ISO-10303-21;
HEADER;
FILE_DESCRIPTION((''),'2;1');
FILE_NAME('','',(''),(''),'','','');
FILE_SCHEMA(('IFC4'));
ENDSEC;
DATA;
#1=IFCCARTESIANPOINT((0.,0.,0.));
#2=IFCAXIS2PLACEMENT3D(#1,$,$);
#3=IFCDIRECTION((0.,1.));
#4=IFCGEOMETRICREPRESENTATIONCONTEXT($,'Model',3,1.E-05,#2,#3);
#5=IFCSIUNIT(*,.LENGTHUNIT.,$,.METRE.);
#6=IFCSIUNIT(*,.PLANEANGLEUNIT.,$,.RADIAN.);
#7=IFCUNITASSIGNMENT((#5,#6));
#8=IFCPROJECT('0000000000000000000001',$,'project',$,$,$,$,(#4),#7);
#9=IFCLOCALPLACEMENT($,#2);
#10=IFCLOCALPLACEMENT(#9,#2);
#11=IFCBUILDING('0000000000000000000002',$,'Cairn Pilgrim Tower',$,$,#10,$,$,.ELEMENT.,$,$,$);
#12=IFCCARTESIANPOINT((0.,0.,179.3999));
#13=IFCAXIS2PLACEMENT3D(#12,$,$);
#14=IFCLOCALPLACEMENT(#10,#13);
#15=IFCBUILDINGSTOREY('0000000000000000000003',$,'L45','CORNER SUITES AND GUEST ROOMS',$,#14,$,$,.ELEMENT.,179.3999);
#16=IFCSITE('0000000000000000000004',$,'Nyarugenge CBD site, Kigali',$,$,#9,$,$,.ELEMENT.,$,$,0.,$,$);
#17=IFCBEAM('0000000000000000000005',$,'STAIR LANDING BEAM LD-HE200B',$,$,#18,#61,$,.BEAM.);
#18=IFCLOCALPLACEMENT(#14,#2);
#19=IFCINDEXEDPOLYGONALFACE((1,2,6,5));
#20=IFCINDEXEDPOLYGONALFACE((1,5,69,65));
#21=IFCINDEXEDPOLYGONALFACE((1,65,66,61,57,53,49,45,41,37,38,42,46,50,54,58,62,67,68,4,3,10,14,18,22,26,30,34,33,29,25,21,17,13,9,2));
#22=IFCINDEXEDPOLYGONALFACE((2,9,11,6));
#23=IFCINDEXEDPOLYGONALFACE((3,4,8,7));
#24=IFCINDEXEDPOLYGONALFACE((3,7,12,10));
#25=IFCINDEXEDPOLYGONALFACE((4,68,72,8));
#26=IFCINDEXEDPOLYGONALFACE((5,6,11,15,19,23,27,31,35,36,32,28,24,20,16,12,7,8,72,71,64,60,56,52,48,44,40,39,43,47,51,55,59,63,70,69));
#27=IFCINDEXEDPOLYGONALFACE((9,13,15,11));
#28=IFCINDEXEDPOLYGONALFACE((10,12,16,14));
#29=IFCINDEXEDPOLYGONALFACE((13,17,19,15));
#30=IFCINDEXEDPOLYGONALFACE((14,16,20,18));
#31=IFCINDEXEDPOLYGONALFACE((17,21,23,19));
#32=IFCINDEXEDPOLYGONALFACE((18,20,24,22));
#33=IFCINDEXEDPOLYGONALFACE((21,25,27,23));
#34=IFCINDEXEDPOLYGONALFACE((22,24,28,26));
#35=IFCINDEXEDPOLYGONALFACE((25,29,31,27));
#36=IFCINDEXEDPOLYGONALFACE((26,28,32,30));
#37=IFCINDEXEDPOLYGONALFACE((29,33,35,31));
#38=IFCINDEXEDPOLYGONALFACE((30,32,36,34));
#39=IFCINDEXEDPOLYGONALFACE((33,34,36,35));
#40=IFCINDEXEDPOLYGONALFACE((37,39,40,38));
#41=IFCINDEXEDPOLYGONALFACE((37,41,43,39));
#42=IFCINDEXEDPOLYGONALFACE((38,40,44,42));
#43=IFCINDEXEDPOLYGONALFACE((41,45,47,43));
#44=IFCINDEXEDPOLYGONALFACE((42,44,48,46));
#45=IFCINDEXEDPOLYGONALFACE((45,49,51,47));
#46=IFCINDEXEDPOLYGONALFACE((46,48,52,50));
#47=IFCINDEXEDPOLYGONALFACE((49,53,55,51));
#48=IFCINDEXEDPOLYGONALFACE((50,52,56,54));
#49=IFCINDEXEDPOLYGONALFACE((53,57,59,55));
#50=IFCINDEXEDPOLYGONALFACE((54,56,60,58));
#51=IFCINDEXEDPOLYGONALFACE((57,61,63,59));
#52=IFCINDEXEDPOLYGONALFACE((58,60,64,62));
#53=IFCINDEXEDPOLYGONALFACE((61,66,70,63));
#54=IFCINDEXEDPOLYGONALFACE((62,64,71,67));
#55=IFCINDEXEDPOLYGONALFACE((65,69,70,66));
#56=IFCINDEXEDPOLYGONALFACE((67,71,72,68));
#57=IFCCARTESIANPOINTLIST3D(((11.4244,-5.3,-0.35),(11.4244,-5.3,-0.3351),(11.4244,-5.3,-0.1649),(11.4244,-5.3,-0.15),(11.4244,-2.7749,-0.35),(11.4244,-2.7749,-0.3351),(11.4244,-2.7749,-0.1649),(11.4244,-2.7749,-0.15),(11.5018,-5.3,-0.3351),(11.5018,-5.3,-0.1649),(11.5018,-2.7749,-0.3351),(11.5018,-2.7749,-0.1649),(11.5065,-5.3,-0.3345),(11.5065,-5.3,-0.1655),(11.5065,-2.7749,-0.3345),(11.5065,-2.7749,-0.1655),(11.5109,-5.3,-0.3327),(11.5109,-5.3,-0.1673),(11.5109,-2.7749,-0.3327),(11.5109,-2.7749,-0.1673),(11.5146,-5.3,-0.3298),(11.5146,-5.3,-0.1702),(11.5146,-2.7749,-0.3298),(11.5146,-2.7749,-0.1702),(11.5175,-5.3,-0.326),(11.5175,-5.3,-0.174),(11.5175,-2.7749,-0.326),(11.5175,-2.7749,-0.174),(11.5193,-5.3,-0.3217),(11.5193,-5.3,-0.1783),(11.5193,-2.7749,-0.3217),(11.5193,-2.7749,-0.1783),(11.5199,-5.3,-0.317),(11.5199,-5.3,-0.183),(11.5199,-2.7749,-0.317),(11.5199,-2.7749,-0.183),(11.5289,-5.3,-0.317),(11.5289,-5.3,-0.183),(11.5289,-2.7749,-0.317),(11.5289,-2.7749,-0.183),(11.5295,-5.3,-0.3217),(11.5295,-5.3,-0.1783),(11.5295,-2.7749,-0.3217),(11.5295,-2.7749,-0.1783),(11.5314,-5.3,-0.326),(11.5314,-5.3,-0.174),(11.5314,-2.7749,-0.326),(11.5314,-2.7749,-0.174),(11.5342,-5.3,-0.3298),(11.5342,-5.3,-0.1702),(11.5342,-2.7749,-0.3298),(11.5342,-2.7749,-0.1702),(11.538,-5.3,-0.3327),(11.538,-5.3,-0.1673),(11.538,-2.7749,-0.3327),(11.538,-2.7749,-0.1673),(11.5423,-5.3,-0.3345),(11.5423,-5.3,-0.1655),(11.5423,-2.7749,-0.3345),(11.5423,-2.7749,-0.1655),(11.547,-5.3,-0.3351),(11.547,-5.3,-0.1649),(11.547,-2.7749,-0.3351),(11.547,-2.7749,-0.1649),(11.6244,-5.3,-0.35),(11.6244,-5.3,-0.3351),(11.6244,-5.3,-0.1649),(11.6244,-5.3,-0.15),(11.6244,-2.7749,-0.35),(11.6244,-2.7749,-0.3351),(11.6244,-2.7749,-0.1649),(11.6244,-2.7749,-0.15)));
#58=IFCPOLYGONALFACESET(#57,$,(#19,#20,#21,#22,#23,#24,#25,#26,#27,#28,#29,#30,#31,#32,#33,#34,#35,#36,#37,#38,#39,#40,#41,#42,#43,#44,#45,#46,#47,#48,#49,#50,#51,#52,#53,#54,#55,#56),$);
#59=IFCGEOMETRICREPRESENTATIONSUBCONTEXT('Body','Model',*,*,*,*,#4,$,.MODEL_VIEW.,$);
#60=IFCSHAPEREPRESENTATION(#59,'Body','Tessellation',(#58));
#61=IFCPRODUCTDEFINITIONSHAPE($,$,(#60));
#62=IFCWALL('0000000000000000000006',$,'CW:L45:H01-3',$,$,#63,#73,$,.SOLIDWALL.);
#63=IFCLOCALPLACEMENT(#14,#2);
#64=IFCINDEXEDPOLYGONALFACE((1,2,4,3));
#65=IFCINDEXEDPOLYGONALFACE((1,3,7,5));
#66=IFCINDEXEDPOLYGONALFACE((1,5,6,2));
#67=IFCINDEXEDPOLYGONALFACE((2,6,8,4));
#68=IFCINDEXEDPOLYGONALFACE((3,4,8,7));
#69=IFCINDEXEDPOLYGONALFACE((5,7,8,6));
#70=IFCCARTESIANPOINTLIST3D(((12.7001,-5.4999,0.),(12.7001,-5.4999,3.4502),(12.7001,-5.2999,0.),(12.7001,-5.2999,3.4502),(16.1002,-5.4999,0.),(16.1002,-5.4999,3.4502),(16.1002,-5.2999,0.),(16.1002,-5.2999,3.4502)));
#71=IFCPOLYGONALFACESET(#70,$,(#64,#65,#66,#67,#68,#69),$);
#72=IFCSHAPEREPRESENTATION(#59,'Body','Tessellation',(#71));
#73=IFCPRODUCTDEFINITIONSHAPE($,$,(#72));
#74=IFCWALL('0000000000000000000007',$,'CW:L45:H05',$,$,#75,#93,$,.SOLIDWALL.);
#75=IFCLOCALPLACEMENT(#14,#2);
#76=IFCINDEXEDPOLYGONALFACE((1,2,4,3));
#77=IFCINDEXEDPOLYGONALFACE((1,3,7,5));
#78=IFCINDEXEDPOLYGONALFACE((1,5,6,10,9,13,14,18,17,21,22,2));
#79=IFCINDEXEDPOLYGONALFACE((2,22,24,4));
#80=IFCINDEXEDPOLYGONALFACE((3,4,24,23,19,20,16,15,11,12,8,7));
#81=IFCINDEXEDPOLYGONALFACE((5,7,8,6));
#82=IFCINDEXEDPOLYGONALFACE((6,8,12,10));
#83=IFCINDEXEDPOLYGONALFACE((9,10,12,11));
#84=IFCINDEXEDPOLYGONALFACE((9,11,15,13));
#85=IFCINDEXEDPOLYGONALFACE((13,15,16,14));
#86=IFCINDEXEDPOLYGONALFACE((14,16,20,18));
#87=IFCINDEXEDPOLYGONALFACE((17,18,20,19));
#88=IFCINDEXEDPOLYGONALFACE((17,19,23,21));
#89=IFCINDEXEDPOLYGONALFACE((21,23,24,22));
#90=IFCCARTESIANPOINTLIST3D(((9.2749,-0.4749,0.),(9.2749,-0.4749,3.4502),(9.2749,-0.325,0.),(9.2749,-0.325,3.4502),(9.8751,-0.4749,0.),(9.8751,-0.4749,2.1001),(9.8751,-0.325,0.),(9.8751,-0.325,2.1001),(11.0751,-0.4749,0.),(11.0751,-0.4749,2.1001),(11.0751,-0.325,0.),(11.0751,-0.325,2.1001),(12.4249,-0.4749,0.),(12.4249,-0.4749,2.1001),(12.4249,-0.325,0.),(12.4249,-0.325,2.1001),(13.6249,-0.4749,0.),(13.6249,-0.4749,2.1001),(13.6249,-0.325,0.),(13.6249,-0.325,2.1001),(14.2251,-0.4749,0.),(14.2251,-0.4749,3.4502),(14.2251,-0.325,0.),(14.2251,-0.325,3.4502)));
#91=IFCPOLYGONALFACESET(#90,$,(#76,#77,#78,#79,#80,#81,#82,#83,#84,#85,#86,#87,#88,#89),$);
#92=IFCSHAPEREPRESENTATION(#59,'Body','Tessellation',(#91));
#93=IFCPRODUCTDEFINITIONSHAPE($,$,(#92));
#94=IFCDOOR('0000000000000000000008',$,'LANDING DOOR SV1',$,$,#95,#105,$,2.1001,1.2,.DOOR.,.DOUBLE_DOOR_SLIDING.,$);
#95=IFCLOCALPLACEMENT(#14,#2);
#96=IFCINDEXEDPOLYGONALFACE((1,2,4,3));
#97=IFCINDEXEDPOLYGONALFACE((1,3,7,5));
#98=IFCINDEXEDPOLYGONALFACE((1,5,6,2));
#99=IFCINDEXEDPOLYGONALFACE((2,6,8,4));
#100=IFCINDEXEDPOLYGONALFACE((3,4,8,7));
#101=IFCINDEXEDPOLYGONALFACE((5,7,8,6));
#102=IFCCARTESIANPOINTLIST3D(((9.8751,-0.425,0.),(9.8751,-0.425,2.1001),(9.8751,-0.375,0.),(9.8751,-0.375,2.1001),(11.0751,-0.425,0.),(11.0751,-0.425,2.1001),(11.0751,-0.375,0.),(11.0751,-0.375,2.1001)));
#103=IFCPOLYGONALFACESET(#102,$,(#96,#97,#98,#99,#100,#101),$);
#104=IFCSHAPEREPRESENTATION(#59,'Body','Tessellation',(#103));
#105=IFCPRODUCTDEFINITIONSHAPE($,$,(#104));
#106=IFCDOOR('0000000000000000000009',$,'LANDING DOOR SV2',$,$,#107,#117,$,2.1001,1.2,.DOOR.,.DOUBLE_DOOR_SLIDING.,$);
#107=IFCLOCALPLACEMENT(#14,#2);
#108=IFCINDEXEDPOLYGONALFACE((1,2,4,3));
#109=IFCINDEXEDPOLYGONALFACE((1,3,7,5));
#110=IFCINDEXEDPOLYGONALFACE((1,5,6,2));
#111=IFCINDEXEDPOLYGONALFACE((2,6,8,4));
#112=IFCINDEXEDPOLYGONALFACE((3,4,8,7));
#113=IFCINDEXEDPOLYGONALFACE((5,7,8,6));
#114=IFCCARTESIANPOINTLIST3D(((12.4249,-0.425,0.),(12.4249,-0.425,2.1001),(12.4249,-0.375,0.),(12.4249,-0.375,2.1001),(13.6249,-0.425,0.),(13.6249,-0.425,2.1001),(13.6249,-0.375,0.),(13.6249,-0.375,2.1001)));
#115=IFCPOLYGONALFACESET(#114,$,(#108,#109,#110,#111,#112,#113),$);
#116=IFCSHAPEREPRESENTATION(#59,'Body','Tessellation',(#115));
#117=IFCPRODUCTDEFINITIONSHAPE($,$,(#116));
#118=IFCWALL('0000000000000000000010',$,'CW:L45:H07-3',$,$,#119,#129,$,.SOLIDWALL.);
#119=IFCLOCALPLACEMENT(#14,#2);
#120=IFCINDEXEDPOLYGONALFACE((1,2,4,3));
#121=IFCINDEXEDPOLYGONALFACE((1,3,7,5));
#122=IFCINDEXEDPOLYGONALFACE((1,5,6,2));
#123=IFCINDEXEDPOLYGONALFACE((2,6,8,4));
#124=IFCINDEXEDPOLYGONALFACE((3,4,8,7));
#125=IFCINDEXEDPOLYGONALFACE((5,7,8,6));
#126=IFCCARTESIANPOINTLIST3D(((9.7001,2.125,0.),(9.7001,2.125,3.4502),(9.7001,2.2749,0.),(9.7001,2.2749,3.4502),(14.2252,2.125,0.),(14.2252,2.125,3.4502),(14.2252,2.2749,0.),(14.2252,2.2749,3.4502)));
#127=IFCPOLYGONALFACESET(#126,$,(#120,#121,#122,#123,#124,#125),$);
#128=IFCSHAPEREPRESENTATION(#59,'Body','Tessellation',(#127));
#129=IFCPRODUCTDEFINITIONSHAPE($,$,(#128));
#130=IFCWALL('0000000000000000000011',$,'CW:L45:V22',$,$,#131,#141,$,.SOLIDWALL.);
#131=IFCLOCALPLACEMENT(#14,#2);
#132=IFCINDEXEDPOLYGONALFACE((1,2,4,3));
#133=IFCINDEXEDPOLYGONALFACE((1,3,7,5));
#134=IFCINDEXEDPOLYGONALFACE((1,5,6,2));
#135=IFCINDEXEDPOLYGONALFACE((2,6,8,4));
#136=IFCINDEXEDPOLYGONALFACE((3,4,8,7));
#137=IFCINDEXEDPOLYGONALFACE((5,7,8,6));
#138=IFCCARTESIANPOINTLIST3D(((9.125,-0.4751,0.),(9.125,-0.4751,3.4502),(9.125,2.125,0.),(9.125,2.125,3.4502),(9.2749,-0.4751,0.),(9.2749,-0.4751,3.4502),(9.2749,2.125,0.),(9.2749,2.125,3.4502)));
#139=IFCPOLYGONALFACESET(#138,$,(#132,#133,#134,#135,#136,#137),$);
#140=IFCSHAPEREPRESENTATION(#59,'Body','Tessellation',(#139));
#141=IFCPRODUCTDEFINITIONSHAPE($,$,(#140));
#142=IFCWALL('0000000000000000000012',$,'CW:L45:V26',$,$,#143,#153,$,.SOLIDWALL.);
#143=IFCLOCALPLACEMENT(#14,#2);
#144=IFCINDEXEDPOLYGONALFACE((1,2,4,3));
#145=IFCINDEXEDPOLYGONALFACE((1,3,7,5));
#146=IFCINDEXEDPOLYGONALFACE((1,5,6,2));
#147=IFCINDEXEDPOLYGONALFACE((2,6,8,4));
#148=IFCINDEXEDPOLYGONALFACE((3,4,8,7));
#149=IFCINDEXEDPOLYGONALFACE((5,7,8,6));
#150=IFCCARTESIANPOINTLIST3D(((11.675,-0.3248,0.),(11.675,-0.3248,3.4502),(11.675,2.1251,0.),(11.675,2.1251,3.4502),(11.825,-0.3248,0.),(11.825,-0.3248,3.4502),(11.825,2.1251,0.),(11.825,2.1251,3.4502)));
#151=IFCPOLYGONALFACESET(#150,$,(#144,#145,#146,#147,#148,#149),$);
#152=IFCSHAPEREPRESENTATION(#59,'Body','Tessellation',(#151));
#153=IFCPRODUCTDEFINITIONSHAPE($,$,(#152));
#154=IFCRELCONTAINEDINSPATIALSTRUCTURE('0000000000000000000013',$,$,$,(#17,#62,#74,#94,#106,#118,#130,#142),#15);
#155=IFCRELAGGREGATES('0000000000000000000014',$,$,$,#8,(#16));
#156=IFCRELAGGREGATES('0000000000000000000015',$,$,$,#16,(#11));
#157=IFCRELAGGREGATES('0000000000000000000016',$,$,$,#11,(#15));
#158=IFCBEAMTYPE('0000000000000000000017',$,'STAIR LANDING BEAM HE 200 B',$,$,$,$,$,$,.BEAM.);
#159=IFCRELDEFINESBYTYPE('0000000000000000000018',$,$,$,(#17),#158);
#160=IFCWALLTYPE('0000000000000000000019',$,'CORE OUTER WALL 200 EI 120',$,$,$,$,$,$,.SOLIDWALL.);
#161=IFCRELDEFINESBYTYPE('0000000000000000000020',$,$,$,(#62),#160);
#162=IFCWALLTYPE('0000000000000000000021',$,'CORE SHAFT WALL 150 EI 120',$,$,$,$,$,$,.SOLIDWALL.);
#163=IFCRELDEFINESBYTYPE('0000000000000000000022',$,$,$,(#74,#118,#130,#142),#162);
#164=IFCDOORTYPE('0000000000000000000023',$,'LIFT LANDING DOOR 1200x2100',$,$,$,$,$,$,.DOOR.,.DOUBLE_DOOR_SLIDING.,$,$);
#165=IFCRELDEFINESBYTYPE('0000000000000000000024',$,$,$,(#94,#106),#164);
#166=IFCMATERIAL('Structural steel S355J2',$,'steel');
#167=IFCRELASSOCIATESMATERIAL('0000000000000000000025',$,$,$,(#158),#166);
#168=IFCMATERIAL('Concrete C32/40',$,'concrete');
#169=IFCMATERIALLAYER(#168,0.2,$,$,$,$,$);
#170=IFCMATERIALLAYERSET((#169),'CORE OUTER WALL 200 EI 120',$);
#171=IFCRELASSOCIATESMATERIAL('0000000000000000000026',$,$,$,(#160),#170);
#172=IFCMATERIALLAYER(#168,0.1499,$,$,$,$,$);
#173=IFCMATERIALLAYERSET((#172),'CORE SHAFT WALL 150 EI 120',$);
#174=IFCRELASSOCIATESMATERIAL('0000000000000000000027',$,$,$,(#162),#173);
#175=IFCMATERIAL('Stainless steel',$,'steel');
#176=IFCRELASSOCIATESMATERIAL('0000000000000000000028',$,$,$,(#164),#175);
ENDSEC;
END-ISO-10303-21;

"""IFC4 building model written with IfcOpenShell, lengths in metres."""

from ifc_helpers import new_model, si_unit, direction, frame, frame_2d, origin, origin_2d, place, context, subcontext, project, spatial, rectangle, i_section, extrude, material, layer, layer_set, material_profile, profile_set, type_object, element, fill, save


model = new_model("IFC4")

# Units and contexts
model_context = context("Model", 3, precision=1e-05, world=origin(), true_north=direction((0.0, 1.0)))
body_context = subcontext(model_context, "Body", "Model", "MODEL_VIEW")
ifc_project = project(units=[si_unit("LENGTHUNIT", "METRE"), si_unit("PLANEANGLEUNIT", "RADIAN")], contexts=[model_context])

# Site, building, storey
site_placement = place(None, origin())
site = spatial("IfcSite", under=ifc_project, at=site_placement, Name="Nyarugenge CBD site, Kigali", CompositionType="ELEMENT", RefElevation=0.0)
building_placement = place(site_placement, origin())
building = spatial("IfcBuilding", under=site, at=building_placement, Name="Cairn Pilgrim Tower", CompositionType="ELEMENT")
storey_placement = place(building_placement, frame((0.0, 0.0, 179.3999)))
storey = spatial("IfcBuildingStorey", under=building, at=storey_placement, Name="L45", Description="CORNER SUITES AND GUEST ROOMS", CompositionType="ELEMENT", Elevation=179.3999)

# Beam
ifc_material_1 = material(Name="Structural steel S355J2", Category="steel")
ifc_material_profile_1 = material_profile(ifc_material_1, i_section(OverallWidth=0.2, OverallDepth=0.2, WebThickness=0.009, FlangeThickness=0.0149, FilletRadius=0.0181, at=origin_2d()), Name="HE 200 B")
ifc_profile_set_1 = profile_set([ifc_material_profile_1], Name="Structural steel S355J2")
beam_type_1 = type_object("IfcBeamType", Name="STAIR LANDING BEAM HE 200 B", PredefinedType="BEAM", material=ifc_profile_set_1)
beam_1_placement = place(storey_placement, frame((11.5244, -2.7749, -0.25), z_axis=(0.0, -1.0, 0.0), x_axis=(1.0, 0.0, 0.0)))
element("IfcBeam", 1, at=beam_1_placement, inside=storey, type_object=beam_type_1, Name="STAIR LANDING BEAM LD-HE200B", PredefinedType="BEAM", context=body_context, shape_type="SweptSolid", body=[
    extrude(i_section(OverallWidth=0.2, OverallDepth=0.2, WebThickness=0.009, FlangeThickness=0.0149, FilletRadius=0.0181, at=origin_2d()), origin(), (0.0, 0.0, 1.0), 2.5251),
])

# Wall
ifc_material_2 = material(Name="Concrete C32/40", Category="concrete")
ifc_layer_1 = layer(ifc_material_2, 0.2)
ifc_layer_set_1 = layer_set([ifc_layer_1], Name="CORE OUTER WALL 200 EI 120")
wall_type_1 = type_object("IfcWallType", Name="CORE OUTER WALL 200 EI 120", PredefinedType="SOLIDWALL", material=ifc_layer_set_1)
wall_1_placement = place(storey_placement, frame((12.7, -5.3999, 0.0), z_axis=(0.0, 0.0, 1.0), x_axis=(1.0, 0.0, 0.0)))
element("IfcWall", 2, at=wall_1_placement, inside=storey, type_object=wall_type_1, Name="CW:L45:H01-3", PredefinedType="SOLIDWALL", context=body_context, shape_type="SweptSolid", body=[
    extrude(rectangle(XDim=3.4001, YDim=0.2, at=frame_2d((1.7002, 0.0))), origin(), (0.0, 0.0, 1.0), 3.4502),
])

# Wall, openings, doors
ifc_layer_2 = layer(ifc_material_2, 0.1499)
ifc_layer_set_2 = layer_set([ifc_layer_2], Name="CORE SHAFT WALL 150 EI 120")
wall_type_2 = type_object("IfcWallType", Name="CORE SHAFT WALL 150 EI 120", PredefinedType="SOLIDWALL", material=ifc_layer_set_2)
wall_2_placement = place(storey_placement, frame((9.2749, -0.3999, 0.0), z_axis=(0.0, 0.0, 1.0), x_axis=(1.0, 0.0, 0.0)))
wall_2 = element("IfcWall", 3, at=wall_2_placement, inside=storey, type_object=wall_type_2, Name="CW:L45:H05", PredefinedType="SOLIDWALL", context=body_context, shape_type="SweptSolid", body=[
    extrude(rectangle(XDim=4.9502, YDim=0.1499, at=frame_2d((2.4751, 0.0))), origin(), (0.0, 0.0, 1.0), 3.4502),
])
opening_1_placement = place(wall_2_placement, frame((0.6001, 0.0, 0.0)))
opening_1 = element("IfcOpeningElement", 4, at=opening_1_placement, cuts=wall_2, PredefinedType="OPENING", context=body_context, shape_type="SweptSolid", body=[
    extrude(rectangle(XDim=1.2, YDim=2.1001, at=frame_2d((0.6001, 1.05))), frame((0.0, 0.085, 0.0), z_axis=(0.0, -1.0, 0.0), x_axis=(1.0, 0.0, 0.0)), (0.0, 0.0, 1.0), 0.1699),
])
opening_2_placement = place(wall_2_placement, frame((3.1499, 0.0, 0.0)))
opening_2 = element("IfcOpeningElement", 5, at=opening_2_placement, cuts=wall_2, PredefinedType="OPENING", context=body_context, shape_type="SweptSolid", body=[
    extrude(rectangle(XDim=1.2, YDim=2.1001, at=frame_2d((0.6001, 1.05))), frame((0.0, 0.085, 0.0), z_axis=(0.0, -1.0, 0.0), x_axis=(1.0, 0.0, 0.0)), (0.0, 0.0, 1.0), 0.1699),
])
ifc_material_3 = material(Name="Stainless steel", Category="steel")
door_type = type_object("IfcDoorType", Name="LIFT LANDING DOOR 1200x2100", OperationType="DOUBLE_DOOR_SLIDING", PredefinedType="DOOR", material=ifc_material_3)
door_1_placement = place(opening_1_placement, origin())
door_1 = element("IfcDoor", 6, at=door_1_placement, inside=storey, type_object=door_type, Name="LANDING DOOR SV1", OperationType="DOUBLE_DOOR_SLIDING", OverallHeight=2.1001, OverallWidth=1.2, PredefinedType="DOOR", context=body_context, shape_type="SweptSolid", body=[
    extrude(rectangle(XDim=1.2, YDim=2.1001, at=frame_2d((0.6001, 1.05))), frame((0.0, 0.0249, 0.0), z_axis=(0.0, -1.0, 0.0), x_axis=(1.0, 0.0, 0.0)), (0.0, 0.0, 1.0), 0.05),
])
fill(opening_1, door_1)
door_2_placement = place(opening_2_placement, origin())
door_2 = element("IfcDoor", 7, at=door_2_placement, inside=storey, type_object=door_type, Name="LANDING DOOR SV2", OperationType="DOUBLE_DOOR_SLIDING", OverallHeight=2.1001, OverallWidth=1.2, PredefinedType="DOOR", context=body_context, shape_type="SweptSolid", body=[
    extrude(rectangle(XDim=1.2, YDim=2.1001, at=frame_2d((0.6001, 1.05))), frame((0.0, 0.0249, 0.0), z_axis=(0.0, -1.0, 0.0), x_axis=(1.0, 0.0, 0.0)), (0.0, 0.0, 1.0), 0.05),
])
fill(opening_2, door_2)

# Walls
wall_3_placement = place(storey_placement, frame((9.7, 2.2, 0.0), z_axis=(0.0, 0.0, 1.0), x_axis=(1.0, 0.0, 0.0)))
element("IfcWall", 8, at=wall_3_placement, inside=storey, type_object=wall_type_2, Name="CW:L45:H07-3", PredefinedType="SOLIDWALL", context=body_context, shape_type="SweptSolid", body=[
    extrude(rectangle(XDim=4.5251, YDim=0.1499, at=frame_2d((2.2627, 0.0))), origin(), (0.0, 0.0, 1.0), 3.4502),
])
wall_4_placement = place(storey_placement, frame((9.2, -0.4751, 0.0), z_axis=(0.0, 0.0, 1.0), x_axis=(0.0, 1.0, 0.0)))
element("IfcWall", 9, at=wall_4_placement, inside=storey, type_object=wall_type_2, Name="CW:L45:V22", PredefinedType="SOLIDWALL", context=body_context, shape_type="SweptSolid", body=[
    extrude(rectangle(XDim=2.6001, YDim=0.1499, at=frame_2d((1.3, 0.0))), origin(), (0.0, 0.0, 1.0), 3.4502),
])
wall_5_placement = place(storey_placement, frame((11.75, -0.325, 0.0), z_axis=(0.0, 0.0, 1.0), x_axis=(0.0, 1.0, 0.0)))
element("IfcWall", 10, at=wall_5_placement, inside=storey, type_object=wall_type_2, Name="CW:L45:V26", PredefinedType="SOLIDWALL", context=body_context, shape_type="SweptSolid", body=[
    extrude(rectangle(XDim=2.45, YDim=0.1499, at=frame_2d((1.2251, 0.0))), origin(), (0.0, 0.0, 1.0), 3.4502),
])

save(model, "model.ifc")
